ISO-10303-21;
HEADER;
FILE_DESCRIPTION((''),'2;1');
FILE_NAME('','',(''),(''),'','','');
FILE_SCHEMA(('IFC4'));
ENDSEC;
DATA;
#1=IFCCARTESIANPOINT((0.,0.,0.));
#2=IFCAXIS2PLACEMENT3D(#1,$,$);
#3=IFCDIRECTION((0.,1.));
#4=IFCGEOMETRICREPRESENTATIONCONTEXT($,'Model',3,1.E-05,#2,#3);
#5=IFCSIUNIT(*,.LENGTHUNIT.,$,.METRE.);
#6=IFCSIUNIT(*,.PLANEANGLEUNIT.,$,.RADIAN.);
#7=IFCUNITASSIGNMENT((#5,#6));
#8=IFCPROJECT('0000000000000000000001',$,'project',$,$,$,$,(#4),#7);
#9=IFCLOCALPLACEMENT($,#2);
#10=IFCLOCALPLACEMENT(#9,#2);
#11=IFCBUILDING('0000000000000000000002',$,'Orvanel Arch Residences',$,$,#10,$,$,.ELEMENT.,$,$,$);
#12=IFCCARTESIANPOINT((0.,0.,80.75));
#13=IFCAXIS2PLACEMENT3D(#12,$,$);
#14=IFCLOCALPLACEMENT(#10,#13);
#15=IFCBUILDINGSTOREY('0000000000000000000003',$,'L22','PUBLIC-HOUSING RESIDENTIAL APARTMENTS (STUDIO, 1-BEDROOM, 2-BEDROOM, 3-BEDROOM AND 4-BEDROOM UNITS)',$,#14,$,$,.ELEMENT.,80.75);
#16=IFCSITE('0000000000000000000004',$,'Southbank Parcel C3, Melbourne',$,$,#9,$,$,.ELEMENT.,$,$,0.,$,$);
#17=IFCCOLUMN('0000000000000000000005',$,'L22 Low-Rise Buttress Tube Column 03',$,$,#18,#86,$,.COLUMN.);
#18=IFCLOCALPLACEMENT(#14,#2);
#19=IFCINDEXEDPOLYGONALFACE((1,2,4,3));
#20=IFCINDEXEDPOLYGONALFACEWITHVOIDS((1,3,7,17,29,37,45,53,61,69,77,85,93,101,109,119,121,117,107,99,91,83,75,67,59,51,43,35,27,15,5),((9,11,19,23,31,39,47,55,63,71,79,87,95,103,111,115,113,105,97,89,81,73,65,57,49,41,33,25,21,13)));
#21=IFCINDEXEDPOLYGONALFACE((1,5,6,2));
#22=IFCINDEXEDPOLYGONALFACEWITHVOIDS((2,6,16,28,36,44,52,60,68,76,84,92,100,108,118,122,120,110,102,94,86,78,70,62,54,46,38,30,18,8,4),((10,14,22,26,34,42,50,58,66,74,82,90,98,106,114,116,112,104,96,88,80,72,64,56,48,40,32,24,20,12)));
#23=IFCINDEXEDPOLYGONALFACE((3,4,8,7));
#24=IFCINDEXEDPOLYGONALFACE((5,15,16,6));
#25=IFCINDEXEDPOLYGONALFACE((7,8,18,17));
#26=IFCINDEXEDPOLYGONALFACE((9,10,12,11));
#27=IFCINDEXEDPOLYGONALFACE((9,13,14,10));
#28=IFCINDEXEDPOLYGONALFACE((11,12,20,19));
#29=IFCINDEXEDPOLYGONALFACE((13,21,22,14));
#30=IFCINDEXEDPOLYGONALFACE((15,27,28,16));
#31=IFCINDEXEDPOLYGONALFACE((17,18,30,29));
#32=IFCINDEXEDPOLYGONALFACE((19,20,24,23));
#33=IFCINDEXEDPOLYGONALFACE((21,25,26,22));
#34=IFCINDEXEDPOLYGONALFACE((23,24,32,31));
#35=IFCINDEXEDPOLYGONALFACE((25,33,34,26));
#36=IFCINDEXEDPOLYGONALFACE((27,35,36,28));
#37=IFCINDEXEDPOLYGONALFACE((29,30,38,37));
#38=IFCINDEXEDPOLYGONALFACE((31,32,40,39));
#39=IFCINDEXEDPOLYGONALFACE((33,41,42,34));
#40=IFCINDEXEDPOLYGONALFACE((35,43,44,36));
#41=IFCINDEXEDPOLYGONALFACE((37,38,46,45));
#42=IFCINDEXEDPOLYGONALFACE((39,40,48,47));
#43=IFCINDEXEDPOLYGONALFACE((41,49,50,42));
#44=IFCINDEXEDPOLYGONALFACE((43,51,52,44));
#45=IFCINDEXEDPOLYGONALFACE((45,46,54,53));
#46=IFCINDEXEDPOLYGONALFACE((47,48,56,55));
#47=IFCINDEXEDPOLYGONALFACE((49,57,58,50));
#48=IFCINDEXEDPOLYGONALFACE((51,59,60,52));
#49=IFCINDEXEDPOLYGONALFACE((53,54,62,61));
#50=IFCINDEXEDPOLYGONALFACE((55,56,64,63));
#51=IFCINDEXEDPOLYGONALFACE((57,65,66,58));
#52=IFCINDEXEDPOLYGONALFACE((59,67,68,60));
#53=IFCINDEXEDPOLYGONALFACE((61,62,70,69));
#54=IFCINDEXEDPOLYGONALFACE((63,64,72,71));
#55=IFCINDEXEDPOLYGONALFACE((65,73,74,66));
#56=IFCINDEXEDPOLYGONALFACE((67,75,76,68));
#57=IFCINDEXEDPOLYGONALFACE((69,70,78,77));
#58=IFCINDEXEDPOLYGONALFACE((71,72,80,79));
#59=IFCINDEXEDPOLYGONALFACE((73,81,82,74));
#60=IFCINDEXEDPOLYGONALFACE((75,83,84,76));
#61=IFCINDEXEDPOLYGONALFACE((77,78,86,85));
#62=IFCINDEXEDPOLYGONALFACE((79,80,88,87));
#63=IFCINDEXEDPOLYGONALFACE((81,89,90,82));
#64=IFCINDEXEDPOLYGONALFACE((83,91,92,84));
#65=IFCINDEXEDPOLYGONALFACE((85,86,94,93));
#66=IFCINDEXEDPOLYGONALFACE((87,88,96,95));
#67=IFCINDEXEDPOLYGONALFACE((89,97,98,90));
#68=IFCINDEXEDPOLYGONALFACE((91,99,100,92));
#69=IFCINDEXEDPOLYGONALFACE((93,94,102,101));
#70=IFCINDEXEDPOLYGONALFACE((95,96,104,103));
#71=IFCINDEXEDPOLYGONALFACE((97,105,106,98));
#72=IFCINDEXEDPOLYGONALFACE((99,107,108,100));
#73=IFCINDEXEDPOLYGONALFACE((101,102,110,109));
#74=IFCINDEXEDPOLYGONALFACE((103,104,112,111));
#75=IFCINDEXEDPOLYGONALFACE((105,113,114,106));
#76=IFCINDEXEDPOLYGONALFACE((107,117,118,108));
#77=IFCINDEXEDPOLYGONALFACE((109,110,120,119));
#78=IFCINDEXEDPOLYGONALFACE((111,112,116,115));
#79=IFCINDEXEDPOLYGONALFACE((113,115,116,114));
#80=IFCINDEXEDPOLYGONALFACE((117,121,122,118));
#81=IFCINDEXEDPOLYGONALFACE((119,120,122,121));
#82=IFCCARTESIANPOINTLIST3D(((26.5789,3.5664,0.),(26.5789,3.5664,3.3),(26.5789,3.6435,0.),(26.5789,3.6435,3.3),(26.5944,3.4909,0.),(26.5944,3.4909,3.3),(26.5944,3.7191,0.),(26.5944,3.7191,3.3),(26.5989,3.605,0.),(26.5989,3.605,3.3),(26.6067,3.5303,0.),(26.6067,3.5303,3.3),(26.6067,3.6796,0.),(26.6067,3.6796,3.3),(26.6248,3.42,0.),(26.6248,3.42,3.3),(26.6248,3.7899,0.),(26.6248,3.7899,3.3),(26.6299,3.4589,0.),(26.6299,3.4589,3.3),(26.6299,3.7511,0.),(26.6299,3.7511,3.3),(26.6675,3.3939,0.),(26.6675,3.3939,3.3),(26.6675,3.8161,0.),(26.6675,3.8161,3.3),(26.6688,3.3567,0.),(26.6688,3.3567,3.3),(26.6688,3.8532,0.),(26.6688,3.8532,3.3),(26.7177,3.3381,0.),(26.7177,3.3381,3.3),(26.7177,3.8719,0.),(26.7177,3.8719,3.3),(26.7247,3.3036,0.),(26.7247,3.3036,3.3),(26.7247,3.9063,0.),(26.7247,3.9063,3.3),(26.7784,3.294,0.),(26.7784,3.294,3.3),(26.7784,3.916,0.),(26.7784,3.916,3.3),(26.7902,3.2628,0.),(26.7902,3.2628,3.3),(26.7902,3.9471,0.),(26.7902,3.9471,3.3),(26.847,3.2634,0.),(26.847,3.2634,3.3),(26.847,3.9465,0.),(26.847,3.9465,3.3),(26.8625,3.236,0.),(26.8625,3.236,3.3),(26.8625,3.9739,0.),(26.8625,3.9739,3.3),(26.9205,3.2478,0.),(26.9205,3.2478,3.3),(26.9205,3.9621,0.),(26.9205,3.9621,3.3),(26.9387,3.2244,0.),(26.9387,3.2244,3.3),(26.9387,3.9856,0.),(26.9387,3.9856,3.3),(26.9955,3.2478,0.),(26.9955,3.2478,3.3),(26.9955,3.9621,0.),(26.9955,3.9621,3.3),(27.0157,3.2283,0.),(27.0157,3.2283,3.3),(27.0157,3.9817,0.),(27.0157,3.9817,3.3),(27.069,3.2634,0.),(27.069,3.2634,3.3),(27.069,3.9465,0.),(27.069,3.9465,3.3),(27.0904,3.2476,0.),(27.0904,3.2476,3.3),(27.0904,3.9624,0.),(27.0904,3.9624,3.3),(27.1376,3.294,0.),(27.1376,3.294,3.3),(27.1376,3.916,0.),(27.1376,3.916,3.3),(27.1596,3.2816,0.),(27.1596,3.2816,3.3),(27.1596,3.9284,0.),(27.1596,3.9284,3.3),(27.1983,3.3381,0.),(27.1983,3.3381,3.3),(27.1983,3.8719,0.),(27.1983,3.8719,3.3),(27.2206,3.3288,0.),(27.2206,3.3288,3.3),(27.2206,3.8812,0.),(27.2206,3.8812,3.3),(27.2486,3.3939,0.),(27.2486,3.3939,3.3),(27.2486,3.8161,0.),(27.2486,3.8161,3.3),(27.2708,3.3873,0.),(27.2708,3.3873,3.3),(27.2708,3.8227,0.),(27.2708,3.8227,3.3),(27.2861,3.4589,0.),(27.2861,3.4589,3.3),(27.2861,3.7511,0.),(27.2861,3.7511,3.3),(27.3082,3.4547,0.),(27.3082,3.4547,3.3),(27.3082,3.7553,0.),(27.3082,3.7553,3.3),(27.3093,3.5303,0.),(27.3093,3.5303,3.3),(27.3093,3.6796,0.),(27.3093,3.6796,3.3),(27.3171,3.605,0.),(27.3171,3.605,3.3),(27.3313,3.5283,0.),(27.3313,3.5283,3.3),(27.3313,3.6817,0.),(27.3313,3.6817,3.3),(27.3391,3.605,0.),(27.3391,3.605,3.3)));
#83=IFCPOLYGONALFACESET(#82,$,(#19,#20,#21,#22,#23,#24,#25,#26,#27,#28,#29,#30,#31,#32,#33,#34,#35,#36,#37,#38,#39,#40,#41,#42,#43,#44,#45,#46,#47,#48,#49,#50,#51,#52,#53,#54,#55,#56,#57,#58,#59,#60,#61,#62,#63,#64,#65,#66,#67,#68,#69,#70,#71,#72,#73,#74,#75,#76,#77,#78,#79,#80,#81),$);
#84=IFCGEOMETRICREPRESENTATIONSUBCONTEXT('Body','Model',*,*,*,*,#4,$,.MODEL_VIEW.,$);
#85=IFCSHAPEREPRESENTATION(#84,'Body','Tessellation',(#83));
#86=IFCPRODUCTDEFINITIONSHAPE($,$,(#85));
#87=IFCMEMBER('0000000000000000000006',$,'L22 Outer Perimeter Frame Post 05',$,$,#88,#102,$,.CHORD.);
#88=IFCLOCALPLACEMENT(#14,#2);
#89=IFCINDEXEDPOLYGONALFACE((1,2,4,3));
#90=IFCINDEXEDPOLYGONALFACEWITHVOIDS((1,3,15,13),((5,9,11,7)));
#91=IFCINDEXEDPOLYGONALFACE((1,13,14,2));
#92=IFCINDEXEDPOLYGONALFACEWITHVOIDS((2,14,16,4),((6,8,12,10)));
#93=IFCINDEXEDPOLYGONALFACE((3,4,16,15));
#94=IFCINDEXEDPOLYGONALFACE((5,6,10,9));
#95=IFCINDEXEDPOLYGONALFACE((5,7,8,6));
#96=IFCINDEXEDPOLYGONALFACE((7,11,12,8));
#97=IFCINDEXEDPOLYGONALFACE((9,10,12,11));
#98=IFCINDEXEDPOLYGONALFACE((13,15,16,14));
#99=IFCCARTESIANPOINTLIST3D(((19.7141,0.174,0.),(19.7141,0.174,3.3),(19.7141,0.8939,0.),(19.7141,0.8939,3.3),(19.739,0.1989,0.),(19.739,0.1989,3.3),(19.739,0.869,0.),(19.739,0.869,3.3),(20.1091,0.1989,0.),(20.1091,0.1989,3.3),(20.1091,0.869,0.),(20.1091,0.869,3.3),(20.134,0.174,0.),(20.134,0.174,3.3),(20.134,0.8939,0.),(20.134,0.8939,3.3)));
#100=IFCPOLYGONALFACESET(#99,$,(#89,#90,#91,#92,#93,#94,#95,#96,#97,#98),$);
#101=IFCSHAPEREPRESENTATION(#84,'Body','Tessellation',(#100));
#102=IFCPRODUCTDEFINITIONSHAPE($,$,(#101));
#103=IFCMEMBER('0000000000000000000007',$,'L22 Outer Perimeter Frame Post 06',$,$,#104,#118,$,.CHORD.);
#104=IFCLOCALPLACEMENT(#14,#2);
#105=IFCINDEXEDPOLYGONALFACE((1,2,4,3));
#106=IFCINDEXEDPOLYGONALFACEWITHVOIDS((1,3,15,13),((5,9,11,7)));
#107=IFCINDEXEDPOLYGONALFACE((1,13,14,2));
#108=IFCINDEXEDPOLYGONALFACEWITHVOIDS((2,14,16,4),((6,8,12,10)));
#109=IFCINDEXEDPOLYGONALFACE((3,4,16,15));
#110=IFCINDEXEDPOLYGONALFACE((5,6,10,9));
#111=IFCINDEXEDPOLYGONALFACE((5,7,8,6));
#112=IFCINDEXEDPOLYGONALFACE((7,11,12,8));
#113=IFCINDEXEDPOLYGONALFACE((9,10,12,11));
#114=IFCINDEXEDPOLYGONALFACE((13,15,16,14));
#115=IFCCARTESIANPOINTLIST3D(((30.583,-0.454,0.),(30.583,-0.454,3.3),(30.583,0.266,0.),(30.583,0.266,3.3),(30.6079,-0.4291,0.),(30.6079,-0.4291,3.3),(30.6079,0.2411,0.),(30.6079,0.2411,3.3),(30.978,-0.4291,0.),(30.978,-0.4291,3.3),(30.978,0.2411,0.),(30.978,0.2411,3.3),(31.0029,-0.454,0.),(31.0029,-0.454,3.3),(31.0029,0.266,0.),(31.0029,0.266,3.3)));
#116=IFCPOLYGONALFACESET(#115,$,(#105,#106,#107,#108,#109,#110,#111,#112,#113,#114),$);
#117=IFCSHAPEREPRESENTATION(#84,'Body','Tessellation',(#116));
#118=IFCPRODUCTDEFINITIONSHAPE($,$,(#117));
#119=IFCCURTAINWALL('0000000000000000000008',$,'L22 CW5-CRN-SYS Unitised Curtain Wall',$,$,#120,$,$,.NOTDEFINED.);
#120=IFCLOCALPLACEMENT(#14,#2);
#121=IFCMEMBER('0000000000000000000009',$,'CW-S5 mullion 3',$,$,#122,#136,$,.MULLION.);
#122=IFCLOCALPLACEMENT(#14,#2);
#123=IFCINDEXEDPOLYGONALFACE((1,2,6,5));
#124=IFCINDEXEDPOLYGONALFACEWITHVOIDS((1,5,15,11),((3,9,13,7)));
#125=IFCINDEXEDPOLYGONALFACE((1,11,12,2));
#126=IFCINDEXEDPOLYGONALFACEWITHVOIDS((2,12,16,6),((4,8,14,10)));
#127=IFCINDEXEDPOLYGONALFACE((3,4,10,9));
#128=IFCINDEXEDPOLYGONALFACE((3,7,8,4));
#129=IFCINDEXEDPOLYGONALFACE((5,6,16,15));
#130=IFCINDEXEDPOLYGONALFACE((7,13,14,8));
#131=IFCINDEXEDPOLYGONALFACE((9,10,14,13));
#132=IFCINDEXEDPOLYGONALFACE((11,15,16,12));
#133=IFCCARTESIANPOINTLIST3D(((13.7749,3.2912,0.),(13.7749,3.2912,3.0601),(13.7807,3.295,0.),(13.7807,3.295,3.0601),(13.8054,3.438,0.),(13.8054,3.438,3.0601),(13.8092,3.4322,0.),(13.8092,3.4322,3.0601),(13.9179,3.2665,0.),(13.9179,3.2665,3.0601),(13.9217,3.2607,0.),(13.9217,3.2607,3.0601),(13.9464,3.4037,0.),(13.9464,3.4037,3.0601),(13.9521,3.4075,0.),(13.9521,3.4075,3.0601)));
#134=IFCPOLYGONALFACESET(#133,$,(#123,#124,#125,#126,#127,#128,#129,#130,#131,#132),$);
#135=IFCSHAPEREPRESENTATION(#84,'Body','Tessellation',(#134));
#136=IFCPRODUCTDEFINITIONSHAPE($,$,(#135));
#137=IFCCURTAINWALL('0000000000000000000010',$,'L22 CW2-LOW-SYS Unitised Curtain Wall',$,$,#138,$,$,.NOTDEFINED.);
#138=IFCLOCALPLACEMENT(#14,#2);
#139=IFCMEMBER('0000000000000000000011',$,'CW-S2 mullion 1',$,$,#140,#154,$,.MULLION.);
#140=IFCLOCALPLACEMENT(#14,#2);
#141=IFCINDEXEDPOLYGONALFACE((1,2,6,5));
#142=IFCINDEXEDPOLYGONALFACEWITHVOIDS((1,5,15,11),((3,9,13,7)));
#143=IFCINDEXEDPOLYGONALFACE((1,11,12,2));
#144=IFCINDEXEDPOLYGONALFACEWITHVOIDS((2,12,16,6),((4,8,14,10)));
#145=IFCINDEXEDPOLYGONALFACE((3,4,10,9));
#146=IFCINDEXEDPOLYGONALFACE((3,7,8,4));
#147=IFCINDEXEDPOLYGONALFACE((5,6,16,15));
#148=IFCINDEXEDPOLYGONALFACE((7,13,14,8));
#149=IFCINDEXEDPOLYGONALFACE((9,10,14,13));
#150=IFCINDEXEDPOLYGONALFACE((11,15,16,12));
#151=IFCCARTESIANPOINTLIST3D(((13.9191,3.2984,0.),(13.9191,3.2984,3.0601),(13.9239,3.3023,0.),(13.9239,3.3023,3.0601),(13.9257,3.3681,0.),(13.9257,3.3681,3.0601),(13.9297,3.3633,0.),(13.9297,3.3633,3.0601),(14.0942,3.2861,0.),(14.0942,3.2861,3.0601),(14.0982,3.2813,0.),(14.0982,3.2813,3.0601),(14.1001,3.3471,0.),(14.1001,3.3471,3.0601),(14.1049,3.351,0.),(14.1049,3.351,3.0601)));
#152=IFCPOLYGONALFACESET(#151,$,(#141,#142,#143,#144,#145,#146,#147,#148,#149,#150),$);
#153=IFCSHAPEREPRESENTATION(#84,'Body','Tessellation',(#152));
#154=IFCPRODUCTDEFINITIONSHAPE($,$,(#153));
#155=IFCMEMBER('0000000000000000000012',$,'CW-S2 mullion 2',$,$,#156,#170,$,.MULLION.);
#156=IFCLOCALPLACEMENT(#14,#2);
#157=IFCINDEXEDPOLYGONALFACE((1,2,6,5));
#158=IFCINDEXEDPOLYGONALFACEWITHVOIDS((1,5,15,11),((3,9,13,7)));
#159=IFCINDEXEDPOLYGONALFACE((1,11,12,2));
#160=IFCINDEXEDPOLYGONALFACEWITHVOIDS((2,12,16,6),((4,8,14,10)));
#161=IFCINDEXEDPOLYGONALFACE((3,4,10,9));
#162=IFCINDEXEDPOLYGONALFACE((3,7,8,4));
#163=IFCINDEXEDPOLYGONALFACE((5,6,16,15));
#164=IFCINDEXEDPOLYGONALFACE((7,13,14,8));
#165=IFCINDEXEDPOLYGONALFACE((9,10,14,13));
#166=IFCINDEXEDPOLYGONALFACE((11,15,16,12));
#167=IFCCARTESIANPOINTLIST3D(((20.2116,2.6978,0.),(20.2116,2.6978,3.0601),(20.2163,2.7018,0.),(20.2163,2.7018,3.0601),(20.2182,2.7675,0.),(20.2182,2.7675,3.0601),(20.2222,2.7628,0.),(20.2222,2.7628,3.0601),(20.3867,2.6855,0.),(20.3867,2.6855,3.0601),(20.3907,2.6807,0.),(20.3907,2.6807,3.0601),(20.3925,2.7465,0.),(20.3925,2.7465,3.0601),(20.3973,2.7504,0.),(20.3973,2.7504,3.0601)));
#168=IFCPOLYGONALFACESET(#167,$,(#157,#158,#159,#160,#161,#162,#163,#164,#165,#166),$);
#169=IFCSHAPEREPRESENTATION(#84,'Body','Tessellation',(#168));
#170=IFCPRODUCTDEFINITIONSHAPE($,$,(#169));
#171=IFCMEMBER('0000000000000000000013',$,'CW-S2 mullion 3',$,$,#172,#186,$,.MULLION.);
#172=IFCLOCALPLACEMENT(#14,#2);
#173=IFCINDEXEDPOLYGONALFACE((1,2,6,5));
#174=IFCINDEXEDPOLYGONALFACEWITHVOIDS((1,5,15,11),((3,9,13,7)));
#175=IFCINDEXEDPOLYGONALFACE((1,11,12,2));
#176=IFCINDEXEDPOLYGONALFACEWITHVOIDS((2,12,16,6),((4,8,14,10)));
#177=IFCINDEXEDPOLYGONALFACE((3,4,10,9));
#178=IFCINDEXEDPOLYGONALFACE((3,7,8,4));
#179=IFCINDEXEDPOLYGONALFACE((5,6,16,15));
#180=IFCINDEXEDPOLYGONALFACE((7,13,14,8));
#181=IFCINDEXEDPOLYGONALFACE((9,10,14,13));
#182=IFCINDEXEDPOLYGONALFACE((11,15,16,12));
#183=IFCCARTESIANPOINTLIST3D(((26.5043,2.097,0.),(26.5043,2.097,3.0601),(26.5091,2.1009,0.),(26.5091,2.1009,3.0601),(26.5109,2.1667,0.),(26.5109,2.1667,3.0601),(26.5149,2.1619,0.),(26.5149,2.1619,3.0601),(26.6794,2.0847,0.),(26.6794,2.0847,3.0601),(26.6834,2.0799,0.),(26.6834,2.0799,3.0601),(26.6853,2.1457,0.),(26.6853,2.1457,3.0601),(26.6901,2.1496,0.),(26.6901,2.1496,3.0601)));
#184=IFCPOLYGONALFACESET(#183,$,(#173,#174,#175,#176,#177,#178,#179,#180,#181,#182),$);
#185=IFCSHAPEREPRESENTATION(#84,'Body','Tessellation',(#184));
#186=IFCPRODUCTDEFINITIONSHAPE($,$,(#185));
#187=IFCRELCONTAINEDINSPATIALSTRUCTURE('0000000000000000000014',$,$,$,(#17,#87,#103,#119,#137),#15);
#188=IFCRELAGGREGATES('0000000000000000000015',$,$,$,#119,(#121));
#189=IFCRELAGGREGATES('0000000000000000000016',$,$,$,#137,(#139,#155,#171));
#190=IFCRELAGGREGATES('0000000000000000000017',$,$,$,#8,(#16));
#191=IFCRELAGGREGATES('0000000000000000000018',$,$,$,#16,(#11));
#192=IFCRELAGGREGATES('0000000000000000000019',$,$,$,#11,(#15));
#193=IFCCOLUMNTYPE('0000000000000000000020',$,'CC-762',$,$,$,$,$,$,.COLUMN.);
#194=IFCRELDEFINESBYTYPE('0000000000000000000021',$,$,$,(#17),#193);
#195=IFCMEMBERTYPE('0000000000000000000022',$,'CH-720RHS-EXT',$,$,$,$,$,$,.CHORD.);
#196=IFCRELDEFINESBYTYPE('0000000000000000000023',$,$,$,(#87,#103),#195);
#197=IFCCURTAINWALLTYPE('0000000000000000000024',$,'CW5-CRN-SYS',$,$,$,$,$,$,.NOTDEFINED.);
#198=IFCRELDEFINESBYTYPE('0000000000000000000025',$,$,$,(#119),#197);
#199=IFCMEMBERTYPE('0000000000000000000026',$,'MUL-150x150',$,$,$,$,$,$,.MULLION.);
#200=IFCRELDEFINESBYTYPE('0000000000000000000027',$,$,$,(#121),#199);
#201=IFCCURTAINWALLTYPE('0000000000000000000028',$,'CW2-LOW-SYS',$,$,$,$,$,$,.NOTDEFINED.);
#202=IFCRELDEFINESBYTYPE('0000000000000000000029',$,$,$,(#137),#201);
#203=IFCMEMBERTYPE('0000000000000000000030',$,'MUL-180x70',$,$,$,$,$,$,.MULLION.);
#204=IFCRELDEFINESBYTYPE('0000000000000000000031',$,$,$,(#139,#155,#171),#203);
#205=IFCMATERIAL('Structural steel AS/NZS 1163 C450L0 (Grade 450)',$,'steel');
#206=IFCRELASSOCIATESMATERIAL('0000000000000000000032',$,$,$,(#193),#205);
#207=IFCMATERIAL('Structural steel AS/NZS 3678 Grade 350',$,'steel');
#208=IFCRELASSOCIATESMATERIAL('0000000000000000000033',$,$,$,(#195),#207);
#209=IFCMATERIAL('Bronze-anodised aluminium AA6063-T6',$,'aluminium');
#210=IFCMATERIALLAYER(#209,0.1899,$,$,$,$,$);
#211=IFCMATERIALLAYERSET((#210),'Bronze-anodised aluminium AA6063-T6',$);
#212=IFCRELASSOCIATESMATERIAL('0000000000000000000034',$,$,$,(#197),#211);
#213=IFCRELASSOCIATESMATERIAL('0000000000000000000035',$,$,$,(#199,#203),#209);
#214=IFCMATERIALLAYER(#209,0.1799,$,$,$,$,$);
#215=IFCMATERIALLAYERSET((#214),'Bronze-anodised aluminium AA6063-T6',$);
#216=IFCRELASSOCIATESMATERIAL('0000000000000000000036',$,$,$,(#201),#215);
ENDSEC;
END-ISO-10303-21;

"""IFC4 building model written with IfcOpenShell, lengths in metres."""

from ifc_helpers import new_model, si_unit, direction, frame, origin, origin_2d, place, context, subcontext, project, spatial, hollow_rectangle, hollow_circle, extrude, material, layer, layer_set, material_profile, profile_set, type_object, element, aggregate, save


model = new_model("IFC4")

# Units and contexts
model_context = context("Model", 3, precision=1e-05, world=origin(), true_north=direction((0.0, 1.0)))
body_context = subcontext(model_context, "Body", "Model", "MODEL_VIEW")
ifc_project = project(units=[si_unit("LENGTHUNIT", "METRE"), si_unit("PLANEANGLEUNIT", "RADIAN")], contexts=[model_context])

# Site, building, storey
site_placement = place(None, origin())
site = spatial("IfcSite", under=ifc_project, at=site_placement, Name="Southbank Parcel C3, Melbourne", CompositionType="ELEMENT", RefElevation=0.0)
building_placement = place(site_placement, origin())
building = spatial("IfcBuilding", under=site, at=building_placement, Name="Orvanel Arch Residences", CompositionType="ELEMENT")
storey_placement = place(building_placement, frame((0.0, 0.0, 80.75)))
storey = spatial("IfcBuildingStorey", under=building, at=storey_placement, Name="L22", Description="PUBLIC-HOUSING RESIDENTIAL APARTMENTS (STUDIO, 1-BEDROOM, 2-BEDROOM, 3-BEDROOM AND 4-BEDROOM UNITS)", CompositionType="ELEMENT", Elevation=80.75)

# Column
ifc_material_1 = material(Name="Structural steel AS/NZS 1163 C450L0 (Grade 450)", Category="steel")
ifc_material_profile_1 = material_profile(ifc_material_1, hollow_circle(Radius=0.3811, WallThickness=0.022, at=origin_2d()), Name="CHS762x22")
ifc_profile_set_1 = profile_set([ifc_material_profile_1], Name="Structural steel AS/NZS 1163 C450L0 (Grade 450)")
column_type = type_object("IfcColumnType", Name="CC-762", PredefinedType="COLUMN", material=ifc_profile_set_1)
column_placement = place(storey_placement, frame((26.958, 3.605, 0.0), z_axis=(0.0, 0.0, 1.0), x_axis=(1.0, 0.0, 0.0)))
element("IfcColumn", 1, at=column_placement, inside=storey, type_object=column_type, Name="L22 Low-Rise Buttress Tube Column 03", PredefinedType="COLUMN", context=body_context, shape_type="SweptSolid", body=[
    extrude(hollow_circle(Radius=0.3811, WallThickness=0.022, at=origin_2d()), origin(), (0.0, 0.0, 1.0), 3.3),
])

# Members
ifc_material_2 = material(Name="Structural steel AS/NZS 3678 Grade 350", Category="steel")
ifc_material_profile_2 = material_profile(ifc_material_2, hollow_rectangle(XDim=0.4199, YDim=0.72, WallThickness=0.0249, at=origin_2d()), Name="RHS720x420x25")
ifc_profile_set_2 = profile_set([ifc_material_profile_2], Name="Structural steel AS/NZS 3678 Grade 350")
member_type_1 = type_object("IfcMemberType", Name="CH-720RHS-EXT", PredefinedType="CHORD", material=ifc_profile_set_2)
for number, where, z_axis, x_axis, name in (
    (2, (19.9241, 0.5339, 0.0), (0.0, 0.0, 1.0), (1.0, 0.0, 0.0), "L22 Outer Perimeter Frame Post 05"),
    (3, (30.793, -0.094, 0.0), (0.0, 0.0, 1.0), (1.0, 0.0, 0.0), "L22 Outer Perimeter Frame Post 06"),
):
    element("IfcMember", number, at=place(storey_placement, frame(where, z_axis=z_axis, x_axis=x_axis)), inside=storey, type_object=member_type_1, Name=name, PredefinedType="CHORD", context=body_context, shape_type="SweptSolid", body=[
        extrude(hollow_rectangle(XDim=0.4199, YDim=0.72, WallThickness=0.0249, at=origin_2d()), origin(), (0.0, 0.0, 1.0), 3.3),
    ])

# Curtain wall, member
ifc_material_3 = material(Name="Bronze-anodised aluminium AA6063-T6", Category="aluminium")
ifc_layer_1 = layer(ifc_material_3, 0.1899)
ifc_layer_set_1 = layer_set([ifc_layer_1], Name="Bronze-anodised aluminium AA6063-T6")
curtain_wall_type_1 = type_object("IfcCurtainWallType", Name="CW5-CRN-SYS", PredefinedType="NOTDEFINED", material=ifc_layer_set_1)
curtain_wall_1_placement = place(storey_placement, origin())
curtain_wall_1 = element("IfcCurtainWall", 4, at=curtain_wall_1_placement, inside=storey, type_object=curtain_wall_type_1, Name="L22 CW5-CRN-SYS Unitised Curtain Wall", PredefinedType="NOTDEFINED")
ifc_material_profile_3 = material_profile(ifc_material_3, hollow_rectangle(XDim=0.1499, YDim=0.1499, WallThickness=0.0049, at=origin_2d()), Name="ALU150x150x5")
ifc_profile_set_3 = profile_set([ifc_material_profile_3], Name="Bronze-anodised aluminium AA6063-T6")
member_type_2 = type_object("IfcMemberType", Name="MUL-150x150", PredefinedType="MULLION", material=ifc_profile_set_3)
member_1_placement = place(storey_placement, frame((13.8635, 3.3494, 0.0), z_axis=(0.0, 0.0, 1.0), x_axis=(0.203284, 0.97912, 0.0)))
member_1 = element("IfcMember", 5, at=member_1_placement, type_object=member_type_2, Name="CW-S5 mullion 3", PredefinedType="MULLION", context=body_context, shape_type="SweptSolid", body=[
    extrude(hollow_rectangle(XDim=0.1499, YDim=0.1499, WallThickness=0.0049, at=origin_2d()), origin(), (0.0, 0.0, 1.0), 3.0601),
])
aggregate(curtain_wall_1, [member_1])

# Curtain wall, members
ifc_layer_2 = layer(ifc_material_3, 0.1799)
ifc_layer_set_2 = layer_set([ifc_layer_2], Name="Bronze-anodised aluminium AA6063-T6")
curtain_wall_type_2 = type_object("IfcCurtainWallType", Name="CW2-LOW-SYS", PredefinedType="NOTDEFINED", material=ifc_layer_set_2)
curtain_wall_2_placement = place(storey_placement, origin())
curtain_wall_2 = element("IfcCurtainWall", 6, at=curtain_wall_2_placement, inside=storey, type_object=curtain_wall_type_2, Name="L22 CW2-LOW-SYS Unitised Curtain Wall", PredefinedType="NOTDEFINED")
ifc_material_profile_4 = material_profile(ifc_material_3, hollow_rectangle(XDim=0.0701, YDim=0.1799, WallThickness=0.0044, at=origin_2d()), Name="ALU180x70x4.5")
ifc_profile_set_4 = profile_set([ifc_material_profile_4], Name="Bronze-anodised aluminium AA6063-T6")
member_type_3 = type_object("IfcMemberType", Name="MUL-180x70", PredefinedType="MULLION", material=ifc_profile_set_4)
member_2_placement = place(storey_placement, frame((14.012, 3.3247, 0.0), z_axis=(0.0, 0.0, 1.0), x_axis=(0.095024, 0.995475, 0.0)))
member_2 = element("IfcMember", 7, at=member_2_placement, type_object=member_type_3, Name="CW-S2 mullion 1", PredefinedType="MULLION", context=body_context, shape_type="SweptSolid", body=[
    extrude(hollow_rectangle(XDim=0.0701, YDim=0.1799, WallThickness=0.0044, at=origin_2d()), origin(), (0.0, 0.0, 1.0), 3.0601),
])
member_3_placement = place(storey_placement, frame((20.3044, 2.7241, 0.0), z_axis=(0.0, 0.0, 1.0), x_axis=(0.095024, 0.995475, 0.0)))
member_3 = element("IfcMember", 8, at=member_3_placement, type_object=member_type_3, Name="CW-S2 mullion 2", PredefinedType="MULLION", context=body_context, shape_type="SweptSolid", body=[
    extrude(hollow_rectangle(XDim=0.0701, YDim=0.1799, WallThickness=0.0044, at=origin_2d()), origin(), (0.0, 0.0, 1.0), 3.0601),
])
member_4_placement = place(storey_placement, frame((26.5972, 2.1233, 0.0), z_axis=(0.0, 0.0, 1.0), x_axis=(0.095024, 0.995475, 0.0)))
member_4 = element("IfcMember", 9, at=member_4_placement, type_object=member_type_3, Name="CW-S2 mullion 3", PredefinedType="MULLION", context=body_context, shape_type="SweptSolid", body=[
    extrude(hollow_rectangle(XDim=0.0701, YDim=0.1799, WallThickness=0.0044, at=origin_2d()), origin(), (0.0, 0.0, 1.0), 3.0601),
])

aggregate(curtain_wall_2, [member_2, member_3, member_4])

save(model, "model.ifc")
